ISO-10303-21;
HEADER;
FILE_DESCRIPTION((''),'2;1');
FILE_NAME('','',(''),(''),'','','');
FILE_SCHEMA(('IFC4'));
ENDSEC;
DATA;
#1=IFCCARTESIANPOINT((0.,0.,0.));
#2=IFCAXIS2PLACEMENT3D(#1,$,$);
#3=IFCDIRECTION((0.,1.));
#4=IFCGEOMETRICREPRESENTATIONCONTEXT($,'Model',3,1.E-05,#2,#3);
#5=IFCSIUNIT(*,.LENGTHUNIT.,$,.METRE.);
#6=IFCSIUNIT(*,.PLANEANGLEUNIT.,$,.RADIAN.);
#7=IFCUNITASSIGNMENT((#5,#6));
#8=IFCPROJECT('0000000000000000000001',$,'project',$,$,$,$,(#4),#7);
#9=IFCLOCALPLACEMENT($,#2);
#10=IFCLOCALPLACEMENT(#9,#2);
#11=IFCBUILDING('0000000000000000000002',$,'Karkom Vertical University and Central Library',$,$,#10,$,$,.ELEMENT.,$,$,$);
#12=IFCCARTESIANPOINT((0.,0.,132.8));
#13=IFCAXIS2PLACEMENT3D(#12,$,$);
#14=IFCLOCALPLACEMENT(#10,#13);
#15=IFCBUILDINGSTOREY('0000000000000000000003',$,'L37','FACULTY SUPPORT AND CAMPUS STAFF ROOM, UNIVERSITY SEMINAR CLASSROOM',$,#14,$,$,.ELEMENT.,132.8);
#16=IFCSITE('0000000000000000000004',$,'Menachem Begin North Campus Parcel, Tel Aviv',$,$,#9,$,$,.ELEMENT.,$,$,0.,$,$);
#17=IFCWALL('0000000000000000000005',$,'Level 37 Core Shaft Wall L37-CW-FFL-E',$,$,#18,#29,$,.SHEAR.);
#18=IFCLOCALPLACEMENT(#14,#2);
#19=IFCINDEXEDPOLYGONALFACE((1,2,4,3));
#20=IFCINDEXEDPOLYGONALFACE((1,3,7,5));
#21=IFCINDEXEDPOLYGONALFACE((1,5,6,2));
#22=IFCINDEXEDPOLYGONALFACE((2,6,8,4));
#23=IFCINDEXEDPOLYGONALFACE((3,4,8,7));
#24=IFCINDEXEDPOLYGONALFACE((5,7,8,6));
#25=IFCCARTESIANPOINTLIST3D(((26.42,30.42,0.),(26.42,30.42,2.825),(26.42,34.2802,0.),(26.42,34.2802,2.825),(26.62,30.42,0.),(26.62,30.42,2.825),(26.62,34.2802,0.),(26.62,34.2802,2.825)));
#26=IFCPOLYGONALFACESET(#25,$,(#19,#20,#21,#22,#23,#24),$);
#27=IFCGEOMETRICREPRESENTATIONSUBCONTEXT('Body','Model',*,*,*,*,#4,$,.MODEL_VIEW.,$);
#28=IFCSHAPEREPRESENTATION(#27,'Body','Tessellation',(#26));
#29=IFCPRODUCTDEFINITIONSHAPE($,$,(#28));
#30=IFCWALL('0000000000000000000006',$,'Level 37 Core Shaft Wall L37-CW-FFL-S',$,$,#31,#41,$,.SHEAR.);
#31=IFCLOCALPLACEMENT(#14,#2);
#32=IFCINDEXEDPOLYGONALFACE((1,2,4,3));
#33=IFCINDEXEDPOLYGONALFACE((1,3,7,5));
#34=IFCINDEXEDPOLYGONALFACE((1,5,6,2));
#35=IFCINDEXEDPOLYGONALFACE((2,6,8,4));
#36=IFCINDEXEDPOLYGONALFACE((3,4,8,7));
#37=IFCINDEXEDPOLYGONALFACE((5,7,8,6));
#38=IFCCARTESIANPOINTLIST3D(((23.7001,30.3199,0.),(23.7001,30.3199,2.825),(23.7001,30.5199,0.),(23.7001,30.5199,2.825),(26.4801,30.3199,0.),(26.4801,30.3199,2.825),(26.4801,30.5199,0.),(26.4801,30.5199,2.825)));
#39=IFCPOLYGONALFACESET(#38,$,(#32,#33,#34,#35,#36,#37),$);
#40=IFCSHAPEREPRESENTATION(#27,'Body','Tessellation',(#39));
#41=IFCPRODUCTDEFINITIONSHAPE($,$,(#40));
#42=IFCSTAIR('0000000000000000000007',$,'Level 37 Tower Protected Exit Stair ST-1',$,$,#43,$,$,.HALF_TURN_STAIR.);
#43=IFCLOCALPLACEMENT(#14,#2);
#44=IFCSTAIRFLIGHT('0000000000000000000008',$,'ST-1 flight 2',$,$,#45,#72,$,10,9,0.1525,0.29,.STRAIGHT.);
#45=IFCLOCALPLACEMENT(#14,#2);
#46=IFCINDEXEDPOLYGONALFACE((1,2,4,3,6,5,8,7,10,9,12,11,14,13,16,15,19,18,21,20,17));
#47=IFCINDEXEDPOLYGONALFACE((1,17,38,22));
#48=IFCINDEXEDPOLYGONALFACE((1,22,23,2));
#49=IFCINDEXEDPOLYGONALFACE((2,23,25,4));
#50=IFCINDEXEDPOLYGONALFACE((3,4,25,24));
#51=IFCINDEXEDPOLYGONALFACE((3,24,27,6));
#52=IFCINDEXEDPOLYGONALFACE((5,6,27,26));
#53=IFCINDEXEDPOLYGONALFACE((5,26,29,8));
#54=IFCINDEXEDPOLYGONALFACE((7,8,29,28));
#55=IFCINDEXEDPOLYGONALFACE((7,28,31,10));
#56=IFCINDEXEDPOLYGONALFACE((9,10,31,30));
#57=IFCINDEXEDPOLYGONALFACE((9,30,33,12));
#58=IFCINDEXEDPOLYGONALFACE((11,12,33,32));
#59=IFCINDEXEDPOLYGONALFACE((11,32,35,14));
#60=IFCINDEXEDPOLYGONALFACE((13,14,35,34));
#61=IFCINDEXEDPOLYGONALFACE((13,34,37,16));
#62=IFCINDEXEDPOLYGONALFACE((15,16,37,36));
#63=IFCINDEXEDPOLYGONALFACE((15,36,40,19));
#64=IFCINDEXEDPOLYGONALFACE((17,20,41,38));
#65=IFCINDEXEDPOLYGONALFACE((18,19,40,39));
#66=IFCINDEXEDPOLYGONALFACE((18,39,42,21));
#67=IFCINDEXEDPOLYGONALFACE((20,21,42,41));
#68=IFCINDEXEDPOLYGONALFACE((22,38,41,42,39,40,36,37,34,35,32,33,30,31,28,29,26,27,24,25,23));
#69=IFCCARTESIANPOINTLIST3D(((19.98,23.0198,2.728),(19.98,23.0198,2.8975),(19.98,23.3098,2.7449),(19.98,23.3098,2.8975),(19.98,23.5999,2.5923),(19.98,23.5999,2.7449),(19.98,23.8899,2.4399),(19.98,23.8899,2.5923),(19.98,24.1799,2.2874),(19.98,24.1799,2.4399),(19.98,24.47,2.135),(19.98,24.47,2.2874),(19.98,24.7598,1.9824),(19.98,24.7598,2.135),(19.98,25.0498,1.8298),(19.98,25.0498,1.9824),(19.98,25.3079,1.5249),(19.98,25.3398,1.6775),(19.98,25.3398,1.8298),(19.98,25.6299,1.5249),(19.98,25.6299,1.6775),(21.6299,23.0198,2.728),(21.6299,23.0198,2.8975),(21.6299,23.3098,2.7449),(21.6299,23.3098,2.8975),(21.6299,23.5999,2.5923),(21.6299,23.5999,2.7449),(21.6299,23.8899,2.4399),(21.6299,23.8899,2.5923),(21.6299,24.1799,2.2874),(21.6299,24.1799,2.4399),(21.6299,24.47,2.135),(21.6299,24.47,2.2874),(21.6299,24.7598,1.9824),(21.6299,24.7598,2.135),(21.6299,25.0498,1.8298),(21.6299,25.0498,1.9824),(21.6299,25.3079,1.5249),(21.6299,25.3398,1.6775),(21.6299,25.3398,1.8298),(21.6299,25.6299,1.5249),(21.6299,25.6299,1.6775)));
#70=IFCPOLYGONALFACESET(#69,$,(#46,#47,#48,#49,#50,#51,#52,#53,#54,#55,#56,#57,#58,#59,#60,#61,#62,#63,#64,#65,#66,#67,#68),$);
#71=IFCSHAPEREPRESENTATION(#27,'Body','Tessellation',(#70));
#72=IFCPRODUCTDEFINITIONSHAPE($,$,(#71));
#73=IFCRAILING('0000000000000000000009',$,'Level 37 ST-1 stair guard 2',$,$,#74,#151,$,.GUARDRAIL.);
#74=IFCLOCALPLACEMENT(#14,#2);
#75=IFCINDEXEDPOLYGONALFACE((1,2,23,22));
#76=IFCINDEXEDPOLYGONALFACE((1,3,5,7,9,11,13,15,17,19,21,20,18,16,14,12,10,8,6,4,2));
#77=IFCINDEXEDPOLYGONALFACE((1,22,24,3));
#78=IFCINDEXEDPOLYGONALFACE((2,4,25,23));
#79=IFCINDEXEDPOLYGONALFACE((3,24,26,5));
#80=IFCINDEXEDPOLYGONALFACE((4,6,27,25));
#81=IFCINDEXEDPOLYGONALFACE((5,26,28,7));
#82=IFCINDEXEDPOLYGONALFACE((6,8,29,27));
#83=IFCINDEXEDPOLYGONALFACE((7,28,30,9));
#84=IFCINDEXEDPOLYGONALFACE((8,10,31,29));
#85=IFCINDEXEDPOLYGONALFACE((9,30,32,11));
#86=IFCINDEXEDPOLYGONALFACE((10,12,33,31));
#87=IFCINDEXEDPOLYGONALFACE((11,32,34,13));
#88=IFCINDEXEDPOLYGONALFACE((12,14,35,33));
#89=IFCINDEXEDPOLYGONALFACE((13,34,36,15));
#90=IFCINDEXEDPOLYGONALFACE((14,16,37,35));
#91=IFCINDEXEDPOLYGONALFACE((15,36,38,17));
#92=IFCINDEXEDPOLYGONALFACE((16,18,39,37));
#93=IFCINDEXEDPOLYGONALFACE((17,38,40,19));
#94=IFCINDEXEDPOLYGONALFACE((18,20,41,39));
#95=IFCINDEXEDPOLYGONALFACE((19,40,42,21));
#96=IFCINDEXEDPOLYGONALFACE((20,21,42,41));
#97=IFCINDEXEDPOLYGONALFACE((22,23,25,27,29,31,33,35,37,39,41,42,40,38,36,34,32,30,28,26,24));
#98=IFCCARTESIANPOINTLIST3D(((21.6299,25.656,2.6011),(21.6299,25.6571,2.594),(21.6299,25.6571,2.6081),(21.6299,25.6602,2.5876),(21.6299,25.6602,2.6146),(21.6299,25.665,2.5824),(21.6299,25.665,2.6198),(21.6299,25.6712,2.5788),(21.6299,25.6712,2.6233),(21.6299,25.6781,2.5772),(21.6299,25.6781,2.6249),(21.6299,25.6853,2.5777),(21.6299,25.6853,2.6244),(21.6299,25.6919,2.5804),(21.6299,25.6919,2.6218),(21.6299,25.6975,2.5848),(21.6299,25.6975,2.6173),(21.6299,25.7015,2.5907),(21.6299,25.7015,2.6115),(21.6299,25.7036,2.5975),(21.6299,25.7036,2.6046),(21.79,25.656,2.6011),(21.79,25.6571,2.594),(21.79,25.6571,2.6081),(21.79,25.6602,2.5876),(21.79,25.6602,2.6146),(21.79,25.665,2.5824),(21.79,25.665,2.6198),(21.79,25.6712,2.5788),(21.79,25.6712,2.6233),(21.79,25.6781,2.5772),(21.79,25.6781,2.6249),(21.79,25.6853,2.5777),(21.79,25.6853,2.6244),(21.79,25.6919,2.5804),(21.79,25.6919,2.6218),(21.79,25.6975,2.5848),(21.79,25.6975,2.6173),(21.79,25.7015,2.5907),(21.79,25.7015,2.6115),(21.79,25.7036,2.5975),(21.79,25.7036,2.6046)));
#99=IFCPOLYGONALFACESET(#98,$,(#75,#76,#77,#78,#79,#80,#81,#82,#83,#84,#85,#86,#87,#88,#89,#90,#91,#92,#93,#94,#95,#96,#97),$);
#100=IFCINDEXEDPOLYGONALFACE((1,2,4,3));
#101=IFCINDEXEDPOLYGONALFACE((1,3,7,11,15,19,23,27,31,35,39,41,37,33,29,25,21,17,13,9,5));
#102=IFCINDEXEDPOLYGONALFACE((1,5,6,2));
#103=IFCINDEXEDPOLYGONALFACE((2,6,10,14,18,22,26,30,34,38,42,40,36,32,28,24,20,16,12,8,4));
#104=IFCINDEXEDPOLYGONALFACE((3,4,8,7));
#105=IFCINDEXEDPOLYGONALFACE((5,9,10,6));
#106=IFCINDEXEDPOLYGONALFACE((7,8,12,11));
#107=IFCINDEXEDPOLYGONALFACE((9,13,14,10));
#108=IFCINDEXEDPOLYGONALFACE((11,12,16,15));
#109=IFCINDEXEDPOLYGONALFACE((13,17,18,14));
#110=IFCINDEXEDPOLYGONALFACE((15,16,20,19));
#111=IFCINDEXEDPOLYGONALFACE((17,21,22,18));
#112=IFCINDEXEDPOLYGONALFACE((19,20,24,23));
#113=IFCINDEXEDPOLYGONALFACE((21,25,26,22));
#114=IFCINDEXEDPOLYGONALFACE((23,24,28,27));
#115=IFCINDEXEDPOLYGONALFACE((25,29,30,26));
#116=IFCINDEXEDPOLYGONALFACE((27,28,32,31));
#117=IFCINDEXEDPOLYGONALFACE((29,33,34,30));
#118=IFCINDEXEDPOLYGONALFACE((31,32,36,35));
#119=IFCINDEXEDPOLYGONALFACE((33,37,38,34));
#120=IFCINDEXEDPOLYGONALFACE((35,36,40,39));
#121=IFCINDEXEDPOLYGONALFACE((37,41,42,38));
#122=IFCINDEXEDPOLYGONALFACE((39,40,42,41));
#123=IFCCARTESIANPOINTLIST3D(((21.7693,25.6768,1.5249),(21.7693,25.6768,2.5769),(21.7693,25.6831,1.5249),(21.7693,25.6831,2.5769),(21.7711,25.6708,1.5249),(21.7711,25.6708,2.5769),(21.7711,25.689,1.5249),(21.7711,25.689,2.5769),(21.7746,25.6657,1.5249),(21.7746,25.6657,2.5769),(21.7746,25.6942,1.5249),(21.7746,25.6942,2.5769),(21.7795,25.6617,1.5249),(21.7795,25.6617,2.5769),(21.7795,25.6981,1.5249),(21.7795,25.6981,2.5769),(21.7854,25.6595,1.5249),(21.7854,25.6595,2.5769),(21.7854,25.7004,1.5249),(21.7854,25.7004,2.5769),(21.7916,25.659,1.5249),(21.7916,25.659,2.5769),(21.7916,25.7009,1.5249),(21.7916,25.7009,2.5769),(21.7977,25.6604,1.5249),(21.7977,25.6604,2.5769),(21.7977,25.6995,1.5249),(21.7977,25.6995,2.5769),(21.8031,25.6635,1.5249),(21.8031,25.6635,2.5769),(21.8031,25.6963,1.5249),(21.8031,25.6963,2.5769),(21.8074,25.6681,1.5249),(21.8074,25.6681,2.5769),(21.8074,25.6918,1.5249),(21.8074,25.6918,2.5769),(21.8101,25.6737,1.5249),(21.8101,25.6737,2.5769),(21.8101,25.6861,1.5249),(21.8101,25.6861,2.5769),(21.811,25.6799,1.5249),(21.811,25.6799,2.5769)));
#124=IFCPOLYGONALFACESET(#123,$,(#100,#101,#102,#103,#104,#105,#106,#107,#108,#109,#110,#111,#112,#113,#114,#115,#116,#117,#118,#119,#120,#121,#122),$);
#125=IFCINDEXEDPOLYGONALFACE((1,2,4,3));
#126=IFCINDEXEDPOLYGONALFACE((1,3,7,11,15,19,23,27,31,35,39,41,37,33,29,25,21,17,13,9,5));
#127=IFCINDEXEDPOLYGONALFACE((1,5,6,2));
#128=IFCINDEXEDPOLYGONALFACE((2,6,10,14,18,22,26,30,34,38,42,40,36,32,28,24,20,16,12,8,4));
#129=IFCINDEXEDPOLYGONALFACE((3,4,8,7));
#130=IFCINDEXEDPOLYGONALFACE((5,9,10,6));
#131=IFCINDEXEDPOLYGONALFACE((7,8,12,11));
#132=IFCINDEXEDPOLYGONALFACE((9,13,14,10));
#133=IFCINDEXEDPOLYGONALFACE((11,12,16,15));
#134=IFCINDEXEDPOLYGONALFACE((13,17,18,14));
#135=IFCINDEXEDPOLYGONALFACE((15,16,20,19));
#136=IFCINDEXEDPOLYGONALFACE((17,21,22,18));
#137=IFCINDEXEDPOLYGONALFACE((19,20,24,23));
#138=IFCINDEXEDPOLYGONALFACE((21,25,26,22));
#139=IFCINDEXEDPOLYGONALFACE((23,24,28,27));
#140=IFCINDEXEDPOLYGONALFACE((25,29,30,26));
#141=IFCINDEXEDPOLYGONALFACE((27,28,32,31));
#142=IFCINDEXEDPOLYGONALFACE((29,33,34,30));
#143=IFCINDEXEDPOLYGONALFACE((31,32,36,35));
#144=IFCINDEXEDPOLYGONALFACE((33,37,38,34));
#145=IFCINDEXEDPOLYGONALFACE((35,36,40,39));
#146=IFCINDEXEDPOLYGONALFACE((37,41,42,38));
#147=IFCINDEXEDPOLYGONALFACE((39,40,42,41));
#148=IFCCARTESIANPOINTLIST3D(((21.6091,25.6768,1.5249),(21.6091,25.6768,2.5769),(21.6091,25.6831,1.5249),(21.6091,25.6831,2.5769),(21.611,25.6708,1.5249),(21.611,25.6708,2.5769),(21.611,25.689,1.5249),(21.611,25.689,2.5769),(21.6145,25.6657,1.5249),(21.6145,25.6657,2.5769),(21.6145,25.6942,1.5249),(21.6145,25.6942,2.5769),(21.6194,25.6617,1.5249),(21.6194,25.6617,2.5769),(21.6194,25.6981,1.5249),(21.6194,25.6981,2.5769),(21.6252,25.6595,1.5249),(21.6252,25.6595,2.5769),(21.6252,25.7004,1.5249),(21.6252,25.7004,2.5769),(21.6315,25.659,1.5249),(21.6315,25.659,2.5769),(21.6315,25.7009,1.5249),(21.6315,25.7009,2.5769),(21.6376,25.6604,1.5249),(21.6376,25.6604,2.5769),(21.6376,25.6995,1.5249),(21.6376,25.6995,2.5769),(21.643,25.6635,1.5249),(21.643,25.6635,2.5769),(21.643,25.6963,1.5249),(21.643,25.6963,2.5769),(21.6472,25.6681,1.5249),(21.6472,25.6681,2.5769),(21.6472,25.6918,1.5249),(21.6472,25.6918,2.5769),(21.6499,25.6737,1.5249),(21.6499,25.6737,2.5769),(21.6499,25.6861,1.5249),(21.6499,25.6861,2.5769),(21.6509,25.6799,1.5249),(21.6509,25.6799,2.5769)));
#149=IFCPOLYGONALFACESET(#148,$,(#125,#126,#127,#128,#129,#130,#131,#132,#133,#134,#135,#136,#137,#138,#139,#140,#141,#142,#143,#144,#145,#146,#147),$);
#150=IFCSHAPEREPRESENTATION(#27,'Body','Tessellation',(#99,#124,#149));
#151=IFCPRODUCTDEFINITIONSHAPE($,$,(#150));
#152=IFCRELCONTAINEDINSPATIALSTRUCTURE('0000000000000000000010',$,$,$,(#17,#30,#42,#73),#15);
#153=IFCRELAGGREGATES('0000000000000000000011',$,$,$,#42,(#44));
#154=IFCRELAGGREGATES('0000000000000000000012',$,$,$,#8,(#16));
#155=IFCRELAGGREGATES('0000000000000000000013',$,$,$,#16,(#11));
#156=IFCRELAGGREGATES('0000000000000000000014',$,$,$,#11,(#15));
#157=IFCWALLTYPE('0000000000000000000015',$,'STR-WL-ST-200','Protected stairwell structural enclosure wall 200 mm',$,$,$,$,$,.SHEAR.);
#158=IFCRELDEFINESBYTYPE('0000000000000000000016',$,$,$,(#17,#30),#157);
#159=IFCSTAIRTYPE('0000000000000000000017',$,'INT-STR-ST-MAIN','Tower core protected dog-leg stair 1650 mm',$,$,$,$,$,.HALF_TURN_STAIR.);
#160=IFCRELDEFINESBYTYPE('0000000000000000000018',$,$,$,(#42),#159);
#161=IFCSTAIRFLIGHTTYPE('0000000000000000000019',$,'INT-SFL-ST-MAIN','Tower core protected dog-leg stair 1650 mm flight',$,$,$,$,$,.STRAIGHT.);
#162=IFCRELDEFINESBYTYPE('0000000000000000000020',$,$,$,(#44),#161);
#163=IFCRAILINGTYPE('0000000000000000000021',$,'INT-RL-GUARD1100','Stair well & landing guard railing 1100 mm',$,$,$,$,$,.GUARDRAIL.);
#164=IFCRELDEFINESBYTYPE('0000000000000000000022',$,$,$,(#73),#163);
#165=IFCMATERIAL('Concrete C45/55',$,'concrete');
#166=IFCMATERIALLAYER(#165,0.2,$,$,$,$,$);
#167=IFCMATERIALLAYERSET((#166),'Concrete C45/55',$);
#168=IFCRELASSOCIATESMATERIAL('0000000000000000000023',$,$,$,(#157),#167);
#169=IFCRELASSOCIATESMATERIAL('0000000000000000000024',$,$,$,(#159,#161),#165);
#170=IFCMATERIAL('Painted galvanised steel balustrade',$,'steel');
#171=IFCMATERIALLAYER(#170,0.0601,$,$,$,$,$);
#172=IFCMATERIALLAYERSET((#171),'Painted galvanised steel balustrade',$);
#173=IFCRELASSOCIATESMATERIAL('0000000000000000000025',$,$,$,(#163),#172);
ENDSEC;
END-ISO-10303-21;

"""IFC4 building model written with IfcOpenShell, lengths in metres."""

from ifc_helpers import new_model, si_unit, direction, frame, frame_2d, origin, origin_2d, place, context, subcontext, project, spatial, polyline, rectangle, circle, outline, extrude, material, layer, layer_set, type_object, element, aggregate, save


model = new_model("IFC4")

# Units and contexts
model_context = context("Model", 3, precision=1e-05, world=origin(), true_north=direction((0.0, 1.0)))
body_context = subcontext(model_context, "Body", "Model", "MODEL_VIEW")
ifc_project = project(units=[si_unit("LENGTHUNIT", "METRE"), si_unit("PLANEANGLEUNIT", "RADIAN")], contexts=[model_context])

# Site, building, storey
site_placement = place(None, origin())
site = spatial("IfcSite", under=ifc_project, at=site_placement, Name="Menachem Begin North Campus Parcel, Tel Aviv", CompositionType="ELEMENT", RefElevation=0.0)
building_placement = place(site_placement, origin())
building = spatial("IfcBuilding", under=site, at=building_placement, Name="Karkom Vertical University and Central Library", CompositionType="ELEMENT")
storey_placement = place(building_placement, frame((0.0, 0.0, 132.8)))
storey = spatial("IfcBuildingStorey", under=building, at=storey_placement, Name="L37", Description="FACULTY SUPPORT AND CAMPUS STAFF ROOM, UNIVERSITY SEMINAR CLASSROOM", CompositionType="ELEMENT", Elevation=132.8)

# Shared definitions
ifc_material_1 = material(Name="Concrete C45/55", Category="concrete")
ifc_layer_1 = layer(ifc_material_1, 0.2)
ifc_layer_set_1 = layer_set([ifc_layer_1], Name="Concrete C45/55")
wall_type_1 = type_object("IfcWallType", Name="STR-WL-ST-200", Description="Protected stairwell structural enclosure wall 200 mm", PredefinedType="SHEAR", material=ifc_layer_set_1)

# Walls
wall_1_placement = place(storey_placement, frame((26.52, 30.4199, 0.0), z_axis=(0.0, 0.0, 1.0), x_axis=(0.0, 1.0, 0.0)))
element("IfcWall", 1, at=wall_1_placement, inside=storey, type_object=wall_type_1, Name="Level 37 Core Shaft Wall L37-CW-FFL-E", PredefinedType="SHEAR", context=body_context, shape_type="SweptSolid", body=[
    extrude(rectangle(XDim=3.8601, YDim=0.2, at=frame_2d((1.9302, 0.0))), origin(), (0.0, 0.0, 1.0), 2.825),
])
wall_2_placement = place(storey_placement, frame((23.7, 30.4199, 0.0), z_axis=(0.0, 0.0, 1.0), x_axis=(1.0, 0.0, 0.0)))
element("IfcWall", 2, at=wall_2_placement, inside=storey, type_object=wall_type_1, Name="Level 37 Core Shaft Wall L37-CW-FFL-S", PredefinedType="SHEAR", context=body_context, shape_type="SweptSolid", body=[
    extrude(rectangle(XDim=2.78, YDim=0.2, at=frame_2d((1.3901, 0.0))), origin(), (0.0, 0.0, 1.0), 2.825),
])

# Stair, stair flight
stair_type = type_object("IfcStairType", Name="INT-STR-ST-MAIN", Description="Tower core protected dog-leg stair 1650 mm", PredefinedType="HALF_TURN_STAIR", material=ifc_material_1)
stair_placement = place(storey_placement, origin())
stair = element("IfcStair", 3, at=stair_placement, inside=storey, type_object=stair_type, Name="Level 37 Tower Protected Exit Stair ST-1", PredefinedType="HALF_TURN_STAIR")
stair_flight_type = type_object("IfcStairFlightType", Name="INT-SFL-ST-MAIN", Description="Tower core protected dog-leg stair 1650 mm flight", PredefinedType="STRAIGHT", material=ifc_material_1)
stair_flight_placement = place(storey_placement, frame((20.8049, 25.6299, 1.5249), z_axis=(0.0, 0.0, 1.0), x_axis=(0.0, -1.0, 0.0)))
stair_flight = element("IfcStairFlight", 4, at=stair_flight_placement, type_object=stair_flight_type, Name="ST-1 flight 2", NumberOfRisers=10, NumberOfTreads=9, PredefinedType="STRAIGHT", RiserHeight=0.1525, TreadLength=0.29, context=body_context, shape_type="SweptSolid", body=[
    extrude(outline(polyline([(0.0, 0.0), (0.0, 0.1526), (0.29, 0.1526), (0.29, 0.3049), (0.5801, 0.3049), (0.5801, 0.4575), (0.8701, 0.4575), (0.8701, 0.6101), (1.1599, 0.6101), (1.1599, 0.7625), (1.45, 0.7625), (1.45, 0.915), (1.74, 0.915), (1.74, 1.0674), (2.03, 1.0674), (2.03, 1.22), (2.3201, 1.22), (2.3201, 1.3726), (2.6101, 1.3726), (2.6101, 1.5249), (2.6101, 1.2031), (0.322, 0.0), (0.0, 0.0)])), frame((0.0, 0.825, 0.0), z_axis=(0.0, -1.0, 0.0), x_axis=(1.0, 0.0, 0.0)), (0.0, 0.0, 1.0), 1.6499),
])
aggregate(stair, [stair_flight])

# Railing
ifc_material_2 = material(Name="Painted galvanised steel balustrade", Category="steel")
ifc_layer_2 = layer(ifc_material_2, 0.0601)
ifc_layer_set_2 = layer_set([ifc_layer_2], Name="Painted galvanised steel balustrade")
railing_type_1 = type_object("IfcRailingType", Name="INT-RL-GUARD1100", Description="Stair well & landing guard railing 1100 mm", PredefinedType="GUARDRAIL", material=ifc_layer_set_2)
railing_1_placement = place(storey_placement, frame((21.79, 25.6799, 1.5249)))
element("IfcRailing", 5, at=railing_1_placement, inside=storey, type_object=railing_type_1, Name="Level 37 ST-1 stair guard 2", PredefinedType="GUARDRAIL", context=body_context, shape_type="SweptSolid", body=[
    extrude(circle(Radius=0.0239, at=origin_2d()), frame((0.0, 0.0, 1.0762), z_axis=(-1.0, 0.0, 0.0), x_axis=(0.0, -1.0, 0.0)), (0.0, 0.0, 1.0), 0.1602),
    extrude(circle(Radius=0.021, at=origin_2d()), origin(), (0.0, 0.0, 1.0), 1.052),
    extrude(circle(Radius=0.021, at=origin_2d()), frame((-0.1602, 0.0, 0.0)), (0.0, 0.0, 1.0), 1.052),
])

save(model, "model.ifc")
